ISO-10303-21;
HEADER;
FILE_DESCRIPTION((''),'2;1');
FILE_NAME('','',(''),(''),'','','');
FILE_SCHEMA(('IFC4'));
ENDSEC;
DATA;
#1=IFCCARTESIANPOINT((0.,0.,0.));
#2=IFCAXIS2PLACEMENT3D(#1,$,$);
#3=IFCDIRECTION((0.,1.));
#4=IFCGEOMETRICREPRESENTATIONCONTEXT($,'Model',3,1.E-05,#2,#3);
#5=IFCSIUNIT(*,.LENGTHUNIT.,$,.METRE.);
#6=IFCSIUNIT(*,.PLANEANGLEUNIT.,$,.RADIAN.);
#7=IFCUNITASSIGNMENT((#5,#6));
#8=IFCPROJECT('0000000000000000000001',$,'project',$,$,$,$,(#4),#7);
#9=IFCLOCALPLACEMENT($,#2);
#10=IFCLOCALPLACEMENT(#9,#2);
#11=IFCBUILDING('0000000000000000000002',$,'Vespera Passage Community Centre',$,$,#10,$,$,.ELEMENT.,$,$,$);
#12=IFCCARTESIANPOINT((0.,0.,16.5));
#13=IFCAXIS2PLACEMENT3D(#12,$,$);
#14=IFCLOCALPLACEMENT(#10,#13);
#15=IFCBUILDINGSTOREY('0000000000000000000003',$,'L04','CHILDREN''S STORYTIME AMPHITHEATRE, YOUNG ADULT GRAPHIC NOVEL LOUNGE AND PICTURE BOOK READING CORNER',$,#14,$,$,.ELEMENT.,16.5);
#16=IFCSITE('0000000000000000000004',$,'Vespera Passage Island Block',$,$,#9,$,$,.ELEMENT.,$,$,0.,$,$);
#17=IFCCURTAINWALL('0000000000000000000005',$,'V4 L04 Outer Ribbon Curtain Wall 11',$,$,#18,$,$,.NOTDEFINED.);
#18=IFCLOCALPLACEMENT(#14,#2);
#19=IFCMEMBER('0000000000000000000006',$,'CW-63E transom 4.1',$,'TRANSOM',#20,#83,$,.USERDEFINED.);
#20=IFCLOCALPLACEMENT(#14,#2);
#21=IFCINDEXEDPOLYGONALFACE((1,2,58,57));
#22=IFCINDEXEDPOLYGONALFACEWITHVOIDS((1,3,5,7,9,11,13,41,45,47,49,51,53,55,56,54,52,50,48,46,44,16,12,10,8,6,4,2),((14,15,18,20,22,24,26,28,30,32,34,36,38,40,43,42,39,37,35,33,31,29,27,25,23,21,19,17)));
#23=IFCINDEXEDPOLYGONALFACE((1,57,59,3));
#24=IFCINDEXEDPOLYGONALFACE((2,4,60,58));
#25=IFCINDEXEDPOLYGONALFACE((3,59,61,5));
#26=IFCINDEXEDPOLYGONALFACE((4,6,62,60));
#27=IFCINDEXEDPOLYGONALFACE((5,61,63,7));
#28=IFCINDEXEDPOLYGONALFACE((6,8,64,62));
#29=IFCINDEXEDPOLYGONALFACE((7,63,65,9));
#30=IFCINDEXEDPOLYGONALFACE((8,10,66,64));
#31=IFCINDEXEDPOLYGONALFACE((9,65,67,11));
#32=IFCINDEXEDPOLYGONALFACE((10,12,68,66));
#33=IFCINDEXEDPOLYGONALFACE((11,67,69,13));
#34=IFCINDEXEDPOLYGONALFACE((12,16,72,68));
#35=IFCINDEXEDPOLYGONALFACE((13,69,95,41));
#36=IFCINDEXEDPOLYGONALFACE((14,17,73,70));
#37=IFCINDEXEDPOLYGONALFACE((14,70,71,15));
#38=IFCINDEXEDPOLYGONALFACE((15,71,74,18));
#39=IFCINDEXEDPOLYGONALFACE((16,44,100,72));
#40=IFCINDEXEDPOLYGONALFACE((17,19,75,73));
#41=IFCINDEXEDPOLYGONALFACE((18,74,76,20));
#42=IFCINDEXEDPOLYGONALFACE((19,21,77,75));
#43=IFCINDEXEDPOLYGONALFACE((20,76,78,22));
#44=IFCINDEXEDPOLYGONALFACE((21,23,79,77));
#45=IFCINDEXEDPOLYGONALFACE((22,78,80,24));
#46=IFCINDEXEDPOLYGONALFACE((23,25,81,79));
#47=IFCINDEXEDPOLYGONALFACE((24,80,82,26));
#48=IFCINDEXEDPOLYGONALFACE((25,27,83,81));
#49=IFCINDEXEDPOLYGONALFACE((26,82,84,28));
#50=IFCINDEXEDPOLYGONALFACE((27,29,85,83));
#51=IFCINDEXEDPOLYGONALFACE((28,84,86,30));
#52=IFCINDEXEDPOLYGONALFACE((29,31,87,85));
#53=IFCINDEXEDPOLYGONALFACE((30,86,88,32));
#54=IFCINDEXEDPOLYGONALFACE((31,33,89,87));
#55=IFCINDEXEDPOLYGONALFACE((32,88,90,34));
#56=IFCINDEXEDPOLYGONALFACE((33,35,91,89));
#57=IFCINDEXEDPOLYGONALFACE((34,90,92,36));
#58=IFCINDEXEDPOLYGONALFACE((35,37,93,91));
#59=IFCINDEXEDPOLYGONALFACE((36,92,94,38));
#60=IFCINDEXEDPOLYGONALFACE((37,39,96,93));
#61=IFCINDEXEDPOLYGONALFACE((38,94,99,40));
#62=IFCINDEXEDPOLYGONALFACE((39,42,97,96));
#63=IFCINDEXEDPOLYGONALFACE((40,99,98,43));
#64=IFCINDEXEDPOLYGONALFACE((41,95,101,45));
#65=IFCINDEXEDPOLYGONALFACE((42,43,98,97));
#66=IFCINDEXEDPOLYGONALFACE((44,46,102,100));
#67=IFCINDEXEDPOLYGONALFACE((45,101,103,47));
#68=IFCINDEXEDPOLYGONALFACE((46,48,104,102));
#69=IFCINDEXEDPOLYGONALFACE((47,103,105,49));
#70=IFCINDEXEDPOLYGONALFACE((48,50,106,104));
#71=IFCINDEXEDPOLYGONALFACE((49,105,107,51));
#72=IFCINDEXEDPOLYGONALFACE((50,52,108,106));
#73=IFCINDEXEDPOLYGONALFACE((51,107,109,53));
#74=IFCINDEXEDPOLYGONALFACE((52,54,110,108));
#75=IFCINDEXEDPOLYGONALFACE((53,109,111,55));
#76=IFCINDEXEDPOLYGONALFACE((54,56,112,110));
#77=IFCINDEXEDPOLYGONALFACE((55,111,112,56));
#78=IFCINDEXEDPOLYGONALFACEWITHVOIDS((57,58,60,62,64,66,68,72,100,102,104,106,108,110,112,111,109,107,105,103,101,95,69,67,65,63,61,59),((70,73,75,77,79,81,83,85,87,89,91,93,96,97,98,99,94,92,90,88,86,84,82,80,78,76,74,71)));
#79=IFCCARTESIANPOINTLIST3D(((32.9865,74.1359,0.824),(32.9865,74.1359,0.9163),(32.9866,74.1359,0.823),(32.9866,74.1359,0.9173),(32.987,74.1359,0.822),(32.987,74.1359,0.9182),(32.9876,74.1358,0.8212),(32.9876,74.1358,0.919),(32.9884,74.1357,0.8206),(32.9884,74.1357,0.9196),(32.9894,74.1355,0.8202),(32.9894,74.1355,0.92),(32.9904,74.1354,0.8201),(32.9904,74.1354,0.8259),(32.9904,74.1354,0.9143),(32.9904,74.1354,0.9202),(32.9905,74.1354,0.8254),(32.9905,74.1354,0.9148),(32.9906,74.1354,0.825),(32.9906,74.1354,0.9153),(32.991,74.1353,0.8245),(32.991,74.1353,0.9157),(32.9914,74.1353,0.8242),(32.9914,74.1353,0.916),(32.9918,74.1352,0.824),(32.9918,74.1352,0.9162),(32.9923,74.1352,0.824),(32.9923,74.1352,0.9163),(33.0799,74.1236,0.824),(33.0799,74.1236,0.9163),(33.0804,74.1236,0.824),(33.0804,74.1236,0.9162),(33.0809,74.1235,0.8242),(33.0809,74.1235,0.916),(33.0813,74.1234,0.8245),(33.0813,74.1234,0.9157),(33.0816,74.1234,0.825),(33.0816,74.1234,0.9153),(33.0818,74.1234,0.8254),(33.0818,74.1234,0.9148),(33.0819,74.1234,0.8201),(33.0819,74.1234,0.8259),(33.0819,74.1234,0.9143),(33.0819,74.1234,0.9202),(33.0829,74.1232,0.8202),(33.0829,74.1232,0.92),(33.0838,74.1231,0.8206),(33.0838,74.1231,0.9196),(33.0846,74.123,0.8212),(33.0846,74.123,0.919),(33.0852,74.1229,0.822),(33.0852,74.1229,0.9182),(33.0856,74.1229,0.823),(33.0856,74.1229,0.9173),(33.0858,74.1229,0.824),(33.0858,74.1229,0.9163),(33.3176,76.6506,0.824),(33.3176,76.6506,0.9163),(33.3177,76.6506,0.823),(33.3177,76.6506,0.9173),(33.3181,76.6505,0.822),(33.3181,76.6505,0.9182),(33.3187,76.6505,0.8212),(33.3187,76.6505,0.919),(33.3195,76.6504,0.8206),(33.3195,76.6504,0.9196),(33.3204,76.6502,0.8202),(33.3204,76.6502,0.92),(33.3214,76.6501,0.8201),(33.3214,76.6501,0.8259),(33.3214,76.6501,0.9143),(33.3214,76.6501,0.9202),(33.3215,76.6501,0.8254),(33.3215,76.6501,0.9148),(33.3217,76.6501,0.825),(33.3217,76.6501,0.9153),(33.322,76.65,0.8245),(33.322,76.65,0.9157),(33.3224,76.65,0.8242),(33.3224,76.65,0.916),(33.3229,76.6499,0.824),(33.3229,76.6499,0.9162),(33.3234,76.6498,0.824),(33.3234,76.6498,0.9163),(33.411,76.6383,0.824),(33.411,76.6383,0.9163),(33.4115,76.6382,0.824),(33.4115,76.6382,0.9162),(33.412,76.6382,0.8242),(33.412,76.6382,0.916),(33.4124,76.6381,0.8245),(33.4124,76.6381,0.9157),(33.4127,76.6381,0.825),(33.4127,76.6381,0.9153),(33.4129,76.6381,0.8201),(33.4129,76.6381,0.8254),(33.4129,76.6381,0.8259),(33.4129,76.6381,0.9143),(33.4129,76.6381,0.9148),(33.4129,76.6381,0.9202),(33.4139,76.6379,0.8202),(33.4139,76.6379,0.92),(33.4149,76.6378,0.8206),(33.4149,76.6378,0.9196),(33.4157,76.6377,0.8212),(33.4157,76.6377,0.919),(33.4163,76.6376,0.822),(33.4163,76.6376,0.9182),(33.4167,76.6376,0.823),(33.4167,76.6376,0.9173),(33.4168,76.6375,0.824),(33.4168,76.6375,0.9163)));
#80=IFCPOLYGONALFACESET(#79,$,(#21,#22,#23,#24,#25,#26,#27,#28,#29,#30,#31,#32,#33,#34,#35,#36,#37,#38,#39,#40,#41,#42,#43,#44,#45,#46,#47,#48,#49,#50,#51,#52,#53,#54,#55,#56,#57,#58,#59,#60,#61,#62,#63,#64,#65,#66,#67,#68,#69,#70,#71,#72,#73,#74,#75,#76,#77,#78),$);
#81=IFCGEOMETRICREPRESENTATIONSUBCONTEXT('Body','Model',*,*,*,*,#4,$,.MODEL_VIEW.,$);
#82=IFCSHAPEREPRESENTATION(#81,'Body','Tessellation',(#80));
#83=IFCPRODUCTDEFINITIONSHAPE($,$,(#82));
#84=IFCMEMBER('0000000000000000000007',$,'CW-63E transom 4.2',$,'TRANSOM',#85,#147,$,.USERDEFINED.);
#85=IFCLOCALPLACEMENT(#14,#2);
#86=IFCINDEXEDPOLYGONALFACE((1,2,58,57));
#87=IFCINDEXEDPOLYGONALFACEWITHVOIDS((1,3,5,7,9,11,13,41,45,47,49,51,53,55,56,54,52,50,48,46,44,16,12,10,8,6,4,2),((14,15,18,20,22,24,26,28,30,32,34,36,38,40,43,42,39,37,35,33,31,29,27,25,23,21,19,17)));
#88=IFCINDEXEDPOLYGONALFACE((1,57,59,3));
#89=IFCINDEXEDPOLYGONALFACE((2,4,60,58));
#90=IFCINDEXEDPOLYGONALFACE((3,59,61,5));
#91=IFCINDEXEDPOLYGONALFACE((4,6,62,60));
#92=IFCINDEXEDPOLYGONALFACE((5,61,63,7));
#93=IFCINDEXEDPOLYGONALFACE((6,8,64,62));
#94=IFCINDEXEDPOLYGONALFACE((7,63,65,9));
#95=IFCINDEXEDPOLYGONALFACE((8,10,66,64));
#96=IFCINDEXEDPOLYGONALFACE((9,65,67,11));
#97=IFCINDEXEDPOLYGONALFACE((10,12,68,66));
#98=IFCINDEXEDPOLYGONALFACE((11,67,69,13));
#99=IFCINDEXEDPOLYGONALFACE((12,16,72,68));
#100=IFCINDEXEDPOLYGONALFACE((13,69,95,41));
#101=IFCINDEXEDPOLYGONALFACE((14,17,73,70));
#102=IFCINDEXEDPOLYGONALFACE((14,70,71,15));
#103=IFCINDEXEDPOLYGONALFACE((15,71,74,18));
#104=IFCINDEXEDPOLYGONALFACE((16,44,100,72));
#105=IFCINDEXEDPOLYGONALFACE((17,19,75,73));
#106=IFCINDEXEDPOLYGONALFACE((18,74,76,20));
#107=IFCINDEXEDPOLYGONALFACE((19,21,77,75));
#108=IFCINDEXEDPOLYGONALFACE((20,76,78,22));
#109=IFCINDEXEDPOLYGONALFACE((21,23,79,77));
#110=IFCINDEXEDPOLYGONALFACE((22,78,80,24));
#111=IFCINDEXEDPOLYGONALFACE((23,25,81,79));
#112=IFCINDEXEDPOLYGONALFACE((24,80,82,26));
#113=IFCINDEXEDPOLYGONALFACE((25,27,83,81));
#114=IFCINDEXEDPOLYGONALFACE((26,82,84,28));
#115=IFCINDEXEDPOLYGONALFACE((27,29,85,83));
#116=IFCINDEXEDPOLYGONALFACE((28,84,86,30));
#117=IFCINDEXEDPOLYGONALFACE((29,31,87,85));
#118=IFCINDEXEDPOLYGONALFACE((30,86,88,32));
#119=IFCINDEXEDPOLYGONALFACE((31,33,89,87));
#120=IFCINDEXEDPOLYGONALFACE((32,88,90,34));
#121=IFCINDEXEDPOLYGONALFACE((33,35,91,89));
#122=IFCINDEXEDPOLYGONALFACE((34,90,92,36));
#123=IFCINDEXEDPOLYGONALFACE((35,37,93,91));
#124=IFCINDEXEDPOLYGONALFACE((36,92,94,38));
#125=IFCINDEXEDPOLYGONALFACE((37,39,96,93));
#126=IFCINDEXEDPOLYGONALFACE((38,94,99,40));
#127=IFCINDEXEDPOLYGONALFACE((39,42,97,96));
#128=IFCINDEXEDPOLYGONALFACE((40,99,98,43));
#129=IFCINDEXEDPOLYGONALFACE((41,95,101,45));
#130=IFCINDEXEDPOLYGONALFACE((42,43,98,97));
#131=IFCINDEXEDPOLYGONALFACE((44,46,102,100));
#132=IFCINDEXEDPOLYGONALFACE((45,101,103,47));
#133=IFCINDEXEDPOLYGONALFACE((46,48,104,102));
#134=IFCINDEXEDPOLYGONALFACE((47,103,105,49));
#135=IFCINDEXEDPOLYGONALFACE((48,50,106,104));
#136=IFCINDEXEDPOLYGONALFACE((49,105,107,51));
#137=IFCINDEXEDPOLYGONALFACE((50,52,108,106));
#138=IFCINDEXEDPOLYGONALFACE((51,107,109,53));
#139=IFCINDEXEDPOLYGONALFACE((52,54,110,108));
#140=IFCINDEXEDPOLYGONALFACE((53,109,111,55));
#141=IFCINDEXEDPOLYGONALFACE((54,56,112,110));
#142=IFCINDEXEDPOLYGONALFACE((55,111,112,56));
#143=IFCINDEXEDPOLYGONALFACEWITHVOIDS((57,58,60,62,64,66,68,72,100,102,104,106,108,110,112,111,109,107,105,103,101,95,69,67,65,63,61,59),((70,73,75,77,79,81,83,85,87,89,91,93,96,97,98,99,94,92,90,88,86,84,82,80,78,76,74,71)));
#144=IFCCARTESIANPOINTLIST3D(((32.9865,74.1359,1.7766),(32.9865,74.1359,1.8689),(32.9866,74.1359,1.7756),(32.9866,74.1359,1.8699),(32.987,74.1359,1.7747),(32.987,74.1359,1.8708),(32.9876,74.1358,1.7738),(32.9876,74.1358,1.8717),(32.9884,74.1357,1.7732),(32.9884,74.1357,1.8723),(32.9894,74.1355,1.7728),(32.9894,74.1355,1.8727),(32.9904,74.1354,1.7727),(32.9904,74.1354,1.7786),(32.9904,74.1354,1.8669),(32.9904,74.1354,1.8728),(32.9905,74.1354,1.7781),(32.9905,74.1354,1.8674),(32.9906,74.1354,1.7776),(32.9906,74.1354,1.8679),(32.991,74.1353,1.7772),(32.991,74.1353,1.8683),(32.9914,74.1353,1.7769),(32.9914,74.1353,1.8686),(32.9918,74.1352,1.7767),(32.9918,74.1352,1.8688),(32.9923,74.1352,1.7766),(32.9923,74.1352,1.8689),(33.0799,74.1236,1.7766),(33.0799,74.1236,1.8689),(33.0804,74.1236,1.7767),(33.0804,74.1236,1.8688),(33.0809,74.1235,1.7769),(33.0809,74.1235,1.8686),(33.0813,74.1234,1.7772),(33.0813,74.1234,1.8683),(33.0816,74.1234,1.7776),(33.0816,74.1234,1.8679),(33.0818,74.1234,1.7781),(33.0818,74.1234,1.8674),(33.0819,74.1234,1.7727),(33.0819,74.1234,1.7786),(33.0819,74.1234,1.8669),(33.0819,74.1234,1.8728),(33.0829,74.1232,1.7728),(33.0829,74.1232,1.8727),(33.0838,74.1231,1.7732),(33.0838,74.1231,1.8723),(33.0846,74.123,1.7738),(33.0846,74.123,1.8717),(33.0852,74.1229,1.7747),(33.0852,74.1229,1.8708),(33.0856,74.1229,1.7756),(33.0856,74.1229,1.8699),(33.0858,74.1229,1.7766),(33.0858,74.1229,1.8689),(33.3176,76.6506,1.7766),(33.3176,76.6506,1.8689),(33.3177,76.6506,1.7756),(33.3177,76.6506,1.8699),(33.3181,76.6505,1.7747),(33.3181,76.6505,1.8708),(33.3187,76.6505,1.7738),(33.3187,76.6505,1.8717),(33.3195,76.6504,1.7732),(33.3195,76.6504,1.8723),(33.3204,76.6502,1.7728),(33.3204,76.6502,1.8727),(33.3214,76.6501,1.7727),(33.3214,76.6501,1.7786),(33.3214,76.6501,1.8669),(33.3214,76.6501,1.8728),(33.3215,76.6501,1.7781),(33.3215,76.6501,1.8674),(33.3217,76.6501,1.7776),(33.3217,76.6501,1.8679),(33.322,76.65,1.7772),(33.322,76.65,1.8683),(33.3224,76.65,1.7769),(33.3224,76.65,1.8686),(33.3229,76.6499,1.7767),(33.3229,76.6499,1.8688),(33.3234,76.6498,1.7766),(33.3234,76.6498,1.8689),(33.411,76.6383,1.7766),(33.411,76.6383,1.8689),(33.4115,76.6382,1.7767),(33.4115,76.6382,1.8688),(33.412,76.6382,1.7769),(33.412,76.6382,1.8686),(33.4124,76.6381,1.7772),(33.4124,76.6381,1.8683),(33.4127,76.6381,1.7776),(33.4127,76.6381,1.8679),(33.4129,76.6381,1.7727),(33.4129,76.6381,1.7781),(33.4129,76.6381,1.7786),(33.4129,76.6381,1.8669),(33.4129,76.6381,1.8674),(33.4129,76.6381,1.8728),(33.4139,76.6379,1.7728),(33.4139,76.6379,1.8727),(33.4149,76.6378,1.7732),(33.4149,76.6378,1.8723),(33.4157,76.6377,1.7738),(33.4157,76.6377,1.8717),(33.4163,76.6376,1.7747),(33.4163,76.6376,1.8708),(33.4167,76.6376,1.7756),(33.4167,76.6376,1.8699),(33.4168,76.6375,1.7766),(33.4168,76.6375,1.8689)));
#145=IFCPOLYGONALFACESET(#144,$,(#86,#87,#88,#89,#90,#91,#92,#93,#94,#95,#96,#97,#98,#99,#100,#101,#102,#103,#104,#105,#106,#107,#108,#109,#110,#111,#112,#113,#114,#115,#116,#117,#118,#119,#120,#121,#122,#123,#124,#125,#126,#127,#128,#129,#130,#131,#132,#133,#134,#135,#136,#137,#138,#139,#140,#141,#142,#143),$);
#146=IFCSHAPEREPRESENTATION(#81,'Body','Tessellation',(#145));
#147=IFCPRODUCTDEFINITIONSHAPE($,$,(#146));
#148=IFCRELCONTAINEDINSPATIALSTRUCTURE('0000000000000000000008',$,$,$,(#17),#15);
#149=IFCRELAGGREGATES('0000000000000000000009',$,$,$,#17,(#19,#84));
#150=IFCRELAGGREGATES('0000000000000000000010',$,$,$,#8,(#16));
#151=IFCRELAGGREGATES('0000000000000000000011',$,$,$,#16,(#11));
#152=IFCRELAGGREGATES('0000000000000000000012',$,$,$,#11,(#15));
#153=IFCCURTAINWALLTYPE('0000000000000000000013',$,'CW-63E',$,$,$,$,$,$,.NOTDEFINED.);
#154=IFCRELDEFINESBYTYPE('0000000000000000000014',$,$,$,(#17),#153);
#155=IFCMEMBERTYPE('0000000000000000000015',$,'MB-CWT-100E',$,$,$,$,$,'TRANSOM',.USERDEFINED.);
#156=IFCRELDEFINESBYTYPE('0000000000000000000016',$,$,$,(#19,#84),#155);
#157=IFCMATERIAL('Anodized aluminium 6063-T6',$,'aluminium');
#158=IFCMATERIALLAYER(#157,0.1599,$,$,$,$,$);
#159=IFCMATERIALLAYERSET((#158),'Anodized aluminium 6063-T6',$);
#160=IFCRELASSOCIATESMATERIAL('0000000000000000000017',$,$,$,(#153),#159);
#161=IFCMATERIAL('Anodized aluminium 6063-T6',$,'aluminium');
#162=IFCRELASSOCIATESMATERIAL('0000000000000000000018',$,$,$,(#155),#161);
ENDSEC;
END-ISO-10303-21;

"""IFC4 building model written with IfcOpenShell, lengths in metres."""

from ifc_helpers import new_model, si_unit, direction, frame, origin, origin_2d, place, context, subcontext, project, spatial, hollow_rectangle, extrude, material, layer, layer_set, material_profile, profile_set, type_object, element, aggregate, save


model = new_model("IFC4")

# Units and contexts
model_context = context("Model", 3, precision=1e-05, world=origin(), true_north=direction((0.0, 1.0)))
body_context = subcontext(model_context, "Body", "Model", "MODEL_VIEW")
ifc_project = project(units=[si_unit("LENGTHUNIT", "METRE"), si_unit("PLANEANGLEUNIT", "RADIAN")], contexts=[model_context])

# Site, building, storey
site_placement = place(None, origin())
site = spatial("IfcSite", under=ifc_project, at=site_placement, Name="Vespera Passage Island Block", CompositionType="ELEMENT", RefElevation=0.0)
building_placement = place(site_placement, origin())
building = spatial("IfcBuilding", under=site, at=building_placement, Name="Vespera Passage Community Centre", CompositionType="ELEMENT")
storey_placement = place(building_placement, frame((0.0, 0.0, 16.5)))
storey = spatial("IfcBuildingStorey", under=building, at=storey_placement, Name="L04", Description="CHILDREN'S STORYTIME AMPHITHEATRE, YOUNG ADULT GRAPHIC NOVEL LOUNGE AND PICTURE BOOK READING CORNER", CompositionType="ELEMENT", Elevation=16.5)

# Curtain wall, members
ifc_material_1 = material(Name="Anodized aluminium 6063-T6", Category="aluminium")
ifc_layer_1 = layer(ifc_material_1, 0.1599)
ifc_layer_set_1 = layer_set([ifc_layer_1], Name="Anodized aluminium 6063-T6")
curtain_wall_type_1 = type_object("IfcCurtainWallType", Name="CW-63E", PredefinedType="NOTDEFINED", material=ifc_layer_set_1)
curtain_wall_1_placement = place(storey_placement, origin())
curtain_wall_1 = element("IfcCurtainWall", 1, at=curtain_wall_1_placement, inside=storey, type_object=curtain_wall_type_1, Name="V4 L04 Outer Ribbon Curtain Wall 11", PredefinedType="NOTDEFINED")
ifc_material_2 = material(Name="Anodized aluminium 6063-T6", Category="aluminium")
ifc_material_profile_1 = material_profile(ifc_material_2, hollow_rectangle(XDim=0.1001, YDim=0.1001, WallThickness=0.0039, InnerFilletRadius=0.002, OuterFilletRadius=0.0039, at=origin_2d()), Name="ALU100X100X4")
ifc_profile_set_1 = profile_set([ifc_material_profile_1], Name="Anodized aluminium 6063-T6")
member_type_1 = type_object("IfcMemberType", Name="MB-CWT-100E", ElementType="TRANSOM", PredefinedType="USERDEFINED", material=ifc_profile_set_1)
member_1_placement = place(storey_placement, frame((33.0361, 74.1294, 0.8701), z_axis=(0.130524, 0.991445, 0.0), x_axis=(-0.991445, 0.130524, 0.0)))
member_1 = element("IfcMember", 2, at=member_1_placement, type_object=member_type_1, Name="CW-63E transom 4.1", ObjectType="TRANSOM", PredefinedType="USERDEFINED", context=body_context, shape_type="SweptSolid", body=[
    extrude(hollow_rectangle(XDim=0.1001, YDim=0.1001, WallThickness=0.0039, InnerFilletRadius=0.002, OuterFilletRadius=0.0039, at=origin_2d()), origin(), (0.0, 0.0, 1.0), 2.5364),
])
member_2_placement = place(storey_placement, frame((33.0361, 74.1294, 1.8228), z_axis=(0.130524, 0.991445, 0.0), x_axis=(-0.991445, 0.130524, 0.0)))
member_2 = element("IfcMember", 3, at=member_2_placement, type_object=member_type_1, Name="CW-63E transom 4.2", ObjectType="TRANSOM", PredefinedType="USERDEFINED", context=body_context, shape_type="SweptSolid", body=[
    extrude(hollow_rectangle(XDim=0.1001, YDim=0.1001, WallThickness=0.0039, InnerFilletRadius=0.002, OuterFilletRadius=0.0039, at=origin_2d()), origin(), (0.0, 0.0, 1.0), 2.5364),
])

aggregate(curtain_wall_1, [member_1, member_2])

save(model, "model.ifc")
